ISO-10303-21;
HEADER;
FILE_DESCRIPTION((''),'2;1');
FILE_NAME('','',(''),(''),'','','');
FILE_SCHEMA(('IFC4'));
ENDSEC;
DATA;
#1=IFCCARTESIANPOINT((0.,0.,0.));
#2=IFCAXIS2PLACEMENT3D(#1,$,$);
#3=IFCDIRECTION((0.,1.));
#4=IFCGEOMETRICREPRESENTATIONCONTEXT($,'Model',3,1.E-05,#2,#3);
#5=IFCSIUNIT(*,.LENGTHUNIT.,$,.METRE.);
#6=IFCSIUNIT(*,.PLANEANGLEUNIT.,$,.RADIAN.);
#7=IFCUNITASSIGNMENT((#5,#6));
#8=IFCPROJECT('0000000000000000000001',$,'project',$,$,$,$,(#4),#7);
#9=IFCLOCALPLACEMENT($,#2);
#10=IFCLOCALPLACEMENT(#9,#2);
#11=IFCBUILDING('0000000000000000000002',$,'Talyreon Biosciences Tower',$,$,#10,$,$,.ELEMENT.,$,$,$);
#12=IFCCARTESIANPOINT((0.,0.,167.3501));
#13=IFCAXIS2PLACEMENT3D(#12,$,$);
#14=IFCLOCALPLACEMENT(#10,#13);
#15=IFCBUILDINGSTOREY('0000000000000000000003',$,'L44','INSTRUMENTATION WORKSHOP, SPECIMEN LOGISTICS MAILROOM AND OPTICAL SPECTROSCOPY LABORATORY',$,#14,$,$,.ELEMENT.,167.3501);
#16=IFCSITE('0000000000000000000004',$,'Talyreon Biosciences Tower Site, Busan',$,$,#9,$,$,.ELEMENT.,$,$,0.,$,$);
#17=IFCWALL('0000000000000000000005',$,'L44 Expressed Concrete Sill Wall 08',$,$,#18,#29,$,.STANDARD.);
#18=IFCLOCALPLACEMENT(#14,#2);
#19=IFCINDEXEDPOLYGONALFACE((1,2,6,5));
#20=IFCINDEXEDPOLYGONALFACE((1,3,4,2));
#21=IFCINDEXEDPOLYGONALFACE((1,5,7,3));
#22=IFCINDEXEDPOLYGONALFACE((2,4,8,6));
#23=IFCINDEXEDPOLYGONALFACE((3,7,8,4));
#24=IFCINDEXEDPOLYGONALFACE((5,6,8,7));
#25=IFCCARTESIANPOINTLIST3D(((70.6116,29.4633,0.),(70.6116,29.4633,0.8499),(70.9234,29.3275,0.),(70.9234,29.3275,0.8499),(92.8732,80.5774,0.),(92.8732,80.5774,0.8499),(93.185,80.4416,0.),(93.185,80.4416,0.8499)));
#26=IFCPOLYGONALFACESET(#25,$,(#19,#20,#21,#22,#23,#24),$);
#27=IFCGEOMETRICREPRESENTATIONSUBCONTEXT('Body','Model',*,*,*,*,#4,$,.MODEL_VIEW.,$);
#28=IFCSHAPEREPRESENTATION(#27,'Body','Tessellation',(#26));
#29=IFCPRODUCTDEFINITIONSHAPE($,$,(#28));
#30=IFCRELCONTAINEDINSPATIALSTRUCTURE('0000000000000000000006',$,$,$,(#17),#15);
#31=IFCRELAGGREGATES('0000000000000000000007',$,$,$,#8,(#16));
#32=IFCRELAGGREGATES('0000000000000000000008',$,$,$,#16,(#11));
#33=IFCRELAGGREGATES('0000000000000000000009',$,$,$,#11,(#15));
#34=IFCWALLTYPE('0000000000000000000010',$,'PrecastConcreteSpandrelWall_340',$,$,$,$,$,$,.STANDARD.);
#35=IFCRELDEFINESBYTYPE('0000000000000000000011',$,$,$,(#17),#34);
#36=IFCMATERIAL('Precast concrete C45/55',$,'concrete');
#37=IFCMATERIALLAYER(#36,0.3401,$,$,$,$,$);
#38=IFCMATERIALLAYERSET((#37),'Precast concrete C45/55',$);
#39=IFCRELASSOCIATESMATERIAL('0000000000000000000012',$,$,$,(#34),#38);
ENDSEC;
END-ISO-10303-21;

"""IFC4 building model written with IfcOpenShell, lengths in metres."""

from ifc_helpers import new_model, si_unit, direction, frame, frame_2d, origin, place, context, subcontext, project, spatial, rectangle, extrude, material, layer, layer_set, type_object, element, save


model = new_model("IFC4")

# Units and contexts
model_context = context("Model", 3, precision=1e-05, world=origin(), true_north=direction((0.0, 1.0)))
body_context = subcontext(model_context, "Body", "Model", "MODEL_VIEW")
ifc_project = project(units=[si_unit("LENGTHUNIT", "METRE"), si_unit("PLANEANGLEUNIT", "RADIAN")], contexts=[model_context])

# Site, building, storey
site_placement = place(None, origin())
site = spatial("IfcSite", under=ifc_project, at=site_placement, Name="Talyreon Biosciences Tower Site, Busan", CompositionType="ELEMENT", RefElevation=0.0)
building_placement = place(site_placement, origin())
building = spatial("IfcBuilding", under=site, at=building_placement, Name="Talyreon Biosciences Tower", CompositionType="ELEMENT")
storey_placement = place(building_placement, frame((0.0, 0.0, 167.3501)))
storey = spatial("IfcBuildingStorey", under=building, at=storey_placement, Name="L44", Description="INSTRUMENTATION WORKSHOP, SPECIMEN LOGISTICS MAILROOM AND OPTICAL SPECTROSCOPY LABORATORY", CompositionType="ELEMENT", Elevation=167.3501)

# Shared definitions
ifc_material_1 = material(Name="Precast concrete C45/55", Category="concrete")

# Wall
ifc_layer_1 = layer(ifc_material_1, 0.3401)
ifc_layer_set_1 = layer_set([ifc_layer_1], Name="Precast concrete C45/55")
wall_type_1 = type_object("IfcWallType", Name="PrecastConcreteSpandrelWall_340", PredefinedType="STANDARD", material=ifc_layer_set_1)
wall_1_placement = place(storey_placement, frame((93.0291, 80.5095, 0.0), z_axis=(0.0, 0.0, 1.0), x_axis=(-0.399299, -0.916821, 0.0)))
element("IfcWall", 1, at=wall_1_placement, inside=storey, type_object=wall_type_1, Name="L44 Expressed Concrete Sill Wall 08", PredefinedType="STANDARD", context=body_context, shape_type="SweptSolid", body=[
    extrude(rectangle(XDim=55.7515, YDim=0.3401, at=frame_2d((27.8757, 0.0))), origin(), (0.0, 0.0, 1.0), 0.8499),
])

save(model, "model.ifc")
